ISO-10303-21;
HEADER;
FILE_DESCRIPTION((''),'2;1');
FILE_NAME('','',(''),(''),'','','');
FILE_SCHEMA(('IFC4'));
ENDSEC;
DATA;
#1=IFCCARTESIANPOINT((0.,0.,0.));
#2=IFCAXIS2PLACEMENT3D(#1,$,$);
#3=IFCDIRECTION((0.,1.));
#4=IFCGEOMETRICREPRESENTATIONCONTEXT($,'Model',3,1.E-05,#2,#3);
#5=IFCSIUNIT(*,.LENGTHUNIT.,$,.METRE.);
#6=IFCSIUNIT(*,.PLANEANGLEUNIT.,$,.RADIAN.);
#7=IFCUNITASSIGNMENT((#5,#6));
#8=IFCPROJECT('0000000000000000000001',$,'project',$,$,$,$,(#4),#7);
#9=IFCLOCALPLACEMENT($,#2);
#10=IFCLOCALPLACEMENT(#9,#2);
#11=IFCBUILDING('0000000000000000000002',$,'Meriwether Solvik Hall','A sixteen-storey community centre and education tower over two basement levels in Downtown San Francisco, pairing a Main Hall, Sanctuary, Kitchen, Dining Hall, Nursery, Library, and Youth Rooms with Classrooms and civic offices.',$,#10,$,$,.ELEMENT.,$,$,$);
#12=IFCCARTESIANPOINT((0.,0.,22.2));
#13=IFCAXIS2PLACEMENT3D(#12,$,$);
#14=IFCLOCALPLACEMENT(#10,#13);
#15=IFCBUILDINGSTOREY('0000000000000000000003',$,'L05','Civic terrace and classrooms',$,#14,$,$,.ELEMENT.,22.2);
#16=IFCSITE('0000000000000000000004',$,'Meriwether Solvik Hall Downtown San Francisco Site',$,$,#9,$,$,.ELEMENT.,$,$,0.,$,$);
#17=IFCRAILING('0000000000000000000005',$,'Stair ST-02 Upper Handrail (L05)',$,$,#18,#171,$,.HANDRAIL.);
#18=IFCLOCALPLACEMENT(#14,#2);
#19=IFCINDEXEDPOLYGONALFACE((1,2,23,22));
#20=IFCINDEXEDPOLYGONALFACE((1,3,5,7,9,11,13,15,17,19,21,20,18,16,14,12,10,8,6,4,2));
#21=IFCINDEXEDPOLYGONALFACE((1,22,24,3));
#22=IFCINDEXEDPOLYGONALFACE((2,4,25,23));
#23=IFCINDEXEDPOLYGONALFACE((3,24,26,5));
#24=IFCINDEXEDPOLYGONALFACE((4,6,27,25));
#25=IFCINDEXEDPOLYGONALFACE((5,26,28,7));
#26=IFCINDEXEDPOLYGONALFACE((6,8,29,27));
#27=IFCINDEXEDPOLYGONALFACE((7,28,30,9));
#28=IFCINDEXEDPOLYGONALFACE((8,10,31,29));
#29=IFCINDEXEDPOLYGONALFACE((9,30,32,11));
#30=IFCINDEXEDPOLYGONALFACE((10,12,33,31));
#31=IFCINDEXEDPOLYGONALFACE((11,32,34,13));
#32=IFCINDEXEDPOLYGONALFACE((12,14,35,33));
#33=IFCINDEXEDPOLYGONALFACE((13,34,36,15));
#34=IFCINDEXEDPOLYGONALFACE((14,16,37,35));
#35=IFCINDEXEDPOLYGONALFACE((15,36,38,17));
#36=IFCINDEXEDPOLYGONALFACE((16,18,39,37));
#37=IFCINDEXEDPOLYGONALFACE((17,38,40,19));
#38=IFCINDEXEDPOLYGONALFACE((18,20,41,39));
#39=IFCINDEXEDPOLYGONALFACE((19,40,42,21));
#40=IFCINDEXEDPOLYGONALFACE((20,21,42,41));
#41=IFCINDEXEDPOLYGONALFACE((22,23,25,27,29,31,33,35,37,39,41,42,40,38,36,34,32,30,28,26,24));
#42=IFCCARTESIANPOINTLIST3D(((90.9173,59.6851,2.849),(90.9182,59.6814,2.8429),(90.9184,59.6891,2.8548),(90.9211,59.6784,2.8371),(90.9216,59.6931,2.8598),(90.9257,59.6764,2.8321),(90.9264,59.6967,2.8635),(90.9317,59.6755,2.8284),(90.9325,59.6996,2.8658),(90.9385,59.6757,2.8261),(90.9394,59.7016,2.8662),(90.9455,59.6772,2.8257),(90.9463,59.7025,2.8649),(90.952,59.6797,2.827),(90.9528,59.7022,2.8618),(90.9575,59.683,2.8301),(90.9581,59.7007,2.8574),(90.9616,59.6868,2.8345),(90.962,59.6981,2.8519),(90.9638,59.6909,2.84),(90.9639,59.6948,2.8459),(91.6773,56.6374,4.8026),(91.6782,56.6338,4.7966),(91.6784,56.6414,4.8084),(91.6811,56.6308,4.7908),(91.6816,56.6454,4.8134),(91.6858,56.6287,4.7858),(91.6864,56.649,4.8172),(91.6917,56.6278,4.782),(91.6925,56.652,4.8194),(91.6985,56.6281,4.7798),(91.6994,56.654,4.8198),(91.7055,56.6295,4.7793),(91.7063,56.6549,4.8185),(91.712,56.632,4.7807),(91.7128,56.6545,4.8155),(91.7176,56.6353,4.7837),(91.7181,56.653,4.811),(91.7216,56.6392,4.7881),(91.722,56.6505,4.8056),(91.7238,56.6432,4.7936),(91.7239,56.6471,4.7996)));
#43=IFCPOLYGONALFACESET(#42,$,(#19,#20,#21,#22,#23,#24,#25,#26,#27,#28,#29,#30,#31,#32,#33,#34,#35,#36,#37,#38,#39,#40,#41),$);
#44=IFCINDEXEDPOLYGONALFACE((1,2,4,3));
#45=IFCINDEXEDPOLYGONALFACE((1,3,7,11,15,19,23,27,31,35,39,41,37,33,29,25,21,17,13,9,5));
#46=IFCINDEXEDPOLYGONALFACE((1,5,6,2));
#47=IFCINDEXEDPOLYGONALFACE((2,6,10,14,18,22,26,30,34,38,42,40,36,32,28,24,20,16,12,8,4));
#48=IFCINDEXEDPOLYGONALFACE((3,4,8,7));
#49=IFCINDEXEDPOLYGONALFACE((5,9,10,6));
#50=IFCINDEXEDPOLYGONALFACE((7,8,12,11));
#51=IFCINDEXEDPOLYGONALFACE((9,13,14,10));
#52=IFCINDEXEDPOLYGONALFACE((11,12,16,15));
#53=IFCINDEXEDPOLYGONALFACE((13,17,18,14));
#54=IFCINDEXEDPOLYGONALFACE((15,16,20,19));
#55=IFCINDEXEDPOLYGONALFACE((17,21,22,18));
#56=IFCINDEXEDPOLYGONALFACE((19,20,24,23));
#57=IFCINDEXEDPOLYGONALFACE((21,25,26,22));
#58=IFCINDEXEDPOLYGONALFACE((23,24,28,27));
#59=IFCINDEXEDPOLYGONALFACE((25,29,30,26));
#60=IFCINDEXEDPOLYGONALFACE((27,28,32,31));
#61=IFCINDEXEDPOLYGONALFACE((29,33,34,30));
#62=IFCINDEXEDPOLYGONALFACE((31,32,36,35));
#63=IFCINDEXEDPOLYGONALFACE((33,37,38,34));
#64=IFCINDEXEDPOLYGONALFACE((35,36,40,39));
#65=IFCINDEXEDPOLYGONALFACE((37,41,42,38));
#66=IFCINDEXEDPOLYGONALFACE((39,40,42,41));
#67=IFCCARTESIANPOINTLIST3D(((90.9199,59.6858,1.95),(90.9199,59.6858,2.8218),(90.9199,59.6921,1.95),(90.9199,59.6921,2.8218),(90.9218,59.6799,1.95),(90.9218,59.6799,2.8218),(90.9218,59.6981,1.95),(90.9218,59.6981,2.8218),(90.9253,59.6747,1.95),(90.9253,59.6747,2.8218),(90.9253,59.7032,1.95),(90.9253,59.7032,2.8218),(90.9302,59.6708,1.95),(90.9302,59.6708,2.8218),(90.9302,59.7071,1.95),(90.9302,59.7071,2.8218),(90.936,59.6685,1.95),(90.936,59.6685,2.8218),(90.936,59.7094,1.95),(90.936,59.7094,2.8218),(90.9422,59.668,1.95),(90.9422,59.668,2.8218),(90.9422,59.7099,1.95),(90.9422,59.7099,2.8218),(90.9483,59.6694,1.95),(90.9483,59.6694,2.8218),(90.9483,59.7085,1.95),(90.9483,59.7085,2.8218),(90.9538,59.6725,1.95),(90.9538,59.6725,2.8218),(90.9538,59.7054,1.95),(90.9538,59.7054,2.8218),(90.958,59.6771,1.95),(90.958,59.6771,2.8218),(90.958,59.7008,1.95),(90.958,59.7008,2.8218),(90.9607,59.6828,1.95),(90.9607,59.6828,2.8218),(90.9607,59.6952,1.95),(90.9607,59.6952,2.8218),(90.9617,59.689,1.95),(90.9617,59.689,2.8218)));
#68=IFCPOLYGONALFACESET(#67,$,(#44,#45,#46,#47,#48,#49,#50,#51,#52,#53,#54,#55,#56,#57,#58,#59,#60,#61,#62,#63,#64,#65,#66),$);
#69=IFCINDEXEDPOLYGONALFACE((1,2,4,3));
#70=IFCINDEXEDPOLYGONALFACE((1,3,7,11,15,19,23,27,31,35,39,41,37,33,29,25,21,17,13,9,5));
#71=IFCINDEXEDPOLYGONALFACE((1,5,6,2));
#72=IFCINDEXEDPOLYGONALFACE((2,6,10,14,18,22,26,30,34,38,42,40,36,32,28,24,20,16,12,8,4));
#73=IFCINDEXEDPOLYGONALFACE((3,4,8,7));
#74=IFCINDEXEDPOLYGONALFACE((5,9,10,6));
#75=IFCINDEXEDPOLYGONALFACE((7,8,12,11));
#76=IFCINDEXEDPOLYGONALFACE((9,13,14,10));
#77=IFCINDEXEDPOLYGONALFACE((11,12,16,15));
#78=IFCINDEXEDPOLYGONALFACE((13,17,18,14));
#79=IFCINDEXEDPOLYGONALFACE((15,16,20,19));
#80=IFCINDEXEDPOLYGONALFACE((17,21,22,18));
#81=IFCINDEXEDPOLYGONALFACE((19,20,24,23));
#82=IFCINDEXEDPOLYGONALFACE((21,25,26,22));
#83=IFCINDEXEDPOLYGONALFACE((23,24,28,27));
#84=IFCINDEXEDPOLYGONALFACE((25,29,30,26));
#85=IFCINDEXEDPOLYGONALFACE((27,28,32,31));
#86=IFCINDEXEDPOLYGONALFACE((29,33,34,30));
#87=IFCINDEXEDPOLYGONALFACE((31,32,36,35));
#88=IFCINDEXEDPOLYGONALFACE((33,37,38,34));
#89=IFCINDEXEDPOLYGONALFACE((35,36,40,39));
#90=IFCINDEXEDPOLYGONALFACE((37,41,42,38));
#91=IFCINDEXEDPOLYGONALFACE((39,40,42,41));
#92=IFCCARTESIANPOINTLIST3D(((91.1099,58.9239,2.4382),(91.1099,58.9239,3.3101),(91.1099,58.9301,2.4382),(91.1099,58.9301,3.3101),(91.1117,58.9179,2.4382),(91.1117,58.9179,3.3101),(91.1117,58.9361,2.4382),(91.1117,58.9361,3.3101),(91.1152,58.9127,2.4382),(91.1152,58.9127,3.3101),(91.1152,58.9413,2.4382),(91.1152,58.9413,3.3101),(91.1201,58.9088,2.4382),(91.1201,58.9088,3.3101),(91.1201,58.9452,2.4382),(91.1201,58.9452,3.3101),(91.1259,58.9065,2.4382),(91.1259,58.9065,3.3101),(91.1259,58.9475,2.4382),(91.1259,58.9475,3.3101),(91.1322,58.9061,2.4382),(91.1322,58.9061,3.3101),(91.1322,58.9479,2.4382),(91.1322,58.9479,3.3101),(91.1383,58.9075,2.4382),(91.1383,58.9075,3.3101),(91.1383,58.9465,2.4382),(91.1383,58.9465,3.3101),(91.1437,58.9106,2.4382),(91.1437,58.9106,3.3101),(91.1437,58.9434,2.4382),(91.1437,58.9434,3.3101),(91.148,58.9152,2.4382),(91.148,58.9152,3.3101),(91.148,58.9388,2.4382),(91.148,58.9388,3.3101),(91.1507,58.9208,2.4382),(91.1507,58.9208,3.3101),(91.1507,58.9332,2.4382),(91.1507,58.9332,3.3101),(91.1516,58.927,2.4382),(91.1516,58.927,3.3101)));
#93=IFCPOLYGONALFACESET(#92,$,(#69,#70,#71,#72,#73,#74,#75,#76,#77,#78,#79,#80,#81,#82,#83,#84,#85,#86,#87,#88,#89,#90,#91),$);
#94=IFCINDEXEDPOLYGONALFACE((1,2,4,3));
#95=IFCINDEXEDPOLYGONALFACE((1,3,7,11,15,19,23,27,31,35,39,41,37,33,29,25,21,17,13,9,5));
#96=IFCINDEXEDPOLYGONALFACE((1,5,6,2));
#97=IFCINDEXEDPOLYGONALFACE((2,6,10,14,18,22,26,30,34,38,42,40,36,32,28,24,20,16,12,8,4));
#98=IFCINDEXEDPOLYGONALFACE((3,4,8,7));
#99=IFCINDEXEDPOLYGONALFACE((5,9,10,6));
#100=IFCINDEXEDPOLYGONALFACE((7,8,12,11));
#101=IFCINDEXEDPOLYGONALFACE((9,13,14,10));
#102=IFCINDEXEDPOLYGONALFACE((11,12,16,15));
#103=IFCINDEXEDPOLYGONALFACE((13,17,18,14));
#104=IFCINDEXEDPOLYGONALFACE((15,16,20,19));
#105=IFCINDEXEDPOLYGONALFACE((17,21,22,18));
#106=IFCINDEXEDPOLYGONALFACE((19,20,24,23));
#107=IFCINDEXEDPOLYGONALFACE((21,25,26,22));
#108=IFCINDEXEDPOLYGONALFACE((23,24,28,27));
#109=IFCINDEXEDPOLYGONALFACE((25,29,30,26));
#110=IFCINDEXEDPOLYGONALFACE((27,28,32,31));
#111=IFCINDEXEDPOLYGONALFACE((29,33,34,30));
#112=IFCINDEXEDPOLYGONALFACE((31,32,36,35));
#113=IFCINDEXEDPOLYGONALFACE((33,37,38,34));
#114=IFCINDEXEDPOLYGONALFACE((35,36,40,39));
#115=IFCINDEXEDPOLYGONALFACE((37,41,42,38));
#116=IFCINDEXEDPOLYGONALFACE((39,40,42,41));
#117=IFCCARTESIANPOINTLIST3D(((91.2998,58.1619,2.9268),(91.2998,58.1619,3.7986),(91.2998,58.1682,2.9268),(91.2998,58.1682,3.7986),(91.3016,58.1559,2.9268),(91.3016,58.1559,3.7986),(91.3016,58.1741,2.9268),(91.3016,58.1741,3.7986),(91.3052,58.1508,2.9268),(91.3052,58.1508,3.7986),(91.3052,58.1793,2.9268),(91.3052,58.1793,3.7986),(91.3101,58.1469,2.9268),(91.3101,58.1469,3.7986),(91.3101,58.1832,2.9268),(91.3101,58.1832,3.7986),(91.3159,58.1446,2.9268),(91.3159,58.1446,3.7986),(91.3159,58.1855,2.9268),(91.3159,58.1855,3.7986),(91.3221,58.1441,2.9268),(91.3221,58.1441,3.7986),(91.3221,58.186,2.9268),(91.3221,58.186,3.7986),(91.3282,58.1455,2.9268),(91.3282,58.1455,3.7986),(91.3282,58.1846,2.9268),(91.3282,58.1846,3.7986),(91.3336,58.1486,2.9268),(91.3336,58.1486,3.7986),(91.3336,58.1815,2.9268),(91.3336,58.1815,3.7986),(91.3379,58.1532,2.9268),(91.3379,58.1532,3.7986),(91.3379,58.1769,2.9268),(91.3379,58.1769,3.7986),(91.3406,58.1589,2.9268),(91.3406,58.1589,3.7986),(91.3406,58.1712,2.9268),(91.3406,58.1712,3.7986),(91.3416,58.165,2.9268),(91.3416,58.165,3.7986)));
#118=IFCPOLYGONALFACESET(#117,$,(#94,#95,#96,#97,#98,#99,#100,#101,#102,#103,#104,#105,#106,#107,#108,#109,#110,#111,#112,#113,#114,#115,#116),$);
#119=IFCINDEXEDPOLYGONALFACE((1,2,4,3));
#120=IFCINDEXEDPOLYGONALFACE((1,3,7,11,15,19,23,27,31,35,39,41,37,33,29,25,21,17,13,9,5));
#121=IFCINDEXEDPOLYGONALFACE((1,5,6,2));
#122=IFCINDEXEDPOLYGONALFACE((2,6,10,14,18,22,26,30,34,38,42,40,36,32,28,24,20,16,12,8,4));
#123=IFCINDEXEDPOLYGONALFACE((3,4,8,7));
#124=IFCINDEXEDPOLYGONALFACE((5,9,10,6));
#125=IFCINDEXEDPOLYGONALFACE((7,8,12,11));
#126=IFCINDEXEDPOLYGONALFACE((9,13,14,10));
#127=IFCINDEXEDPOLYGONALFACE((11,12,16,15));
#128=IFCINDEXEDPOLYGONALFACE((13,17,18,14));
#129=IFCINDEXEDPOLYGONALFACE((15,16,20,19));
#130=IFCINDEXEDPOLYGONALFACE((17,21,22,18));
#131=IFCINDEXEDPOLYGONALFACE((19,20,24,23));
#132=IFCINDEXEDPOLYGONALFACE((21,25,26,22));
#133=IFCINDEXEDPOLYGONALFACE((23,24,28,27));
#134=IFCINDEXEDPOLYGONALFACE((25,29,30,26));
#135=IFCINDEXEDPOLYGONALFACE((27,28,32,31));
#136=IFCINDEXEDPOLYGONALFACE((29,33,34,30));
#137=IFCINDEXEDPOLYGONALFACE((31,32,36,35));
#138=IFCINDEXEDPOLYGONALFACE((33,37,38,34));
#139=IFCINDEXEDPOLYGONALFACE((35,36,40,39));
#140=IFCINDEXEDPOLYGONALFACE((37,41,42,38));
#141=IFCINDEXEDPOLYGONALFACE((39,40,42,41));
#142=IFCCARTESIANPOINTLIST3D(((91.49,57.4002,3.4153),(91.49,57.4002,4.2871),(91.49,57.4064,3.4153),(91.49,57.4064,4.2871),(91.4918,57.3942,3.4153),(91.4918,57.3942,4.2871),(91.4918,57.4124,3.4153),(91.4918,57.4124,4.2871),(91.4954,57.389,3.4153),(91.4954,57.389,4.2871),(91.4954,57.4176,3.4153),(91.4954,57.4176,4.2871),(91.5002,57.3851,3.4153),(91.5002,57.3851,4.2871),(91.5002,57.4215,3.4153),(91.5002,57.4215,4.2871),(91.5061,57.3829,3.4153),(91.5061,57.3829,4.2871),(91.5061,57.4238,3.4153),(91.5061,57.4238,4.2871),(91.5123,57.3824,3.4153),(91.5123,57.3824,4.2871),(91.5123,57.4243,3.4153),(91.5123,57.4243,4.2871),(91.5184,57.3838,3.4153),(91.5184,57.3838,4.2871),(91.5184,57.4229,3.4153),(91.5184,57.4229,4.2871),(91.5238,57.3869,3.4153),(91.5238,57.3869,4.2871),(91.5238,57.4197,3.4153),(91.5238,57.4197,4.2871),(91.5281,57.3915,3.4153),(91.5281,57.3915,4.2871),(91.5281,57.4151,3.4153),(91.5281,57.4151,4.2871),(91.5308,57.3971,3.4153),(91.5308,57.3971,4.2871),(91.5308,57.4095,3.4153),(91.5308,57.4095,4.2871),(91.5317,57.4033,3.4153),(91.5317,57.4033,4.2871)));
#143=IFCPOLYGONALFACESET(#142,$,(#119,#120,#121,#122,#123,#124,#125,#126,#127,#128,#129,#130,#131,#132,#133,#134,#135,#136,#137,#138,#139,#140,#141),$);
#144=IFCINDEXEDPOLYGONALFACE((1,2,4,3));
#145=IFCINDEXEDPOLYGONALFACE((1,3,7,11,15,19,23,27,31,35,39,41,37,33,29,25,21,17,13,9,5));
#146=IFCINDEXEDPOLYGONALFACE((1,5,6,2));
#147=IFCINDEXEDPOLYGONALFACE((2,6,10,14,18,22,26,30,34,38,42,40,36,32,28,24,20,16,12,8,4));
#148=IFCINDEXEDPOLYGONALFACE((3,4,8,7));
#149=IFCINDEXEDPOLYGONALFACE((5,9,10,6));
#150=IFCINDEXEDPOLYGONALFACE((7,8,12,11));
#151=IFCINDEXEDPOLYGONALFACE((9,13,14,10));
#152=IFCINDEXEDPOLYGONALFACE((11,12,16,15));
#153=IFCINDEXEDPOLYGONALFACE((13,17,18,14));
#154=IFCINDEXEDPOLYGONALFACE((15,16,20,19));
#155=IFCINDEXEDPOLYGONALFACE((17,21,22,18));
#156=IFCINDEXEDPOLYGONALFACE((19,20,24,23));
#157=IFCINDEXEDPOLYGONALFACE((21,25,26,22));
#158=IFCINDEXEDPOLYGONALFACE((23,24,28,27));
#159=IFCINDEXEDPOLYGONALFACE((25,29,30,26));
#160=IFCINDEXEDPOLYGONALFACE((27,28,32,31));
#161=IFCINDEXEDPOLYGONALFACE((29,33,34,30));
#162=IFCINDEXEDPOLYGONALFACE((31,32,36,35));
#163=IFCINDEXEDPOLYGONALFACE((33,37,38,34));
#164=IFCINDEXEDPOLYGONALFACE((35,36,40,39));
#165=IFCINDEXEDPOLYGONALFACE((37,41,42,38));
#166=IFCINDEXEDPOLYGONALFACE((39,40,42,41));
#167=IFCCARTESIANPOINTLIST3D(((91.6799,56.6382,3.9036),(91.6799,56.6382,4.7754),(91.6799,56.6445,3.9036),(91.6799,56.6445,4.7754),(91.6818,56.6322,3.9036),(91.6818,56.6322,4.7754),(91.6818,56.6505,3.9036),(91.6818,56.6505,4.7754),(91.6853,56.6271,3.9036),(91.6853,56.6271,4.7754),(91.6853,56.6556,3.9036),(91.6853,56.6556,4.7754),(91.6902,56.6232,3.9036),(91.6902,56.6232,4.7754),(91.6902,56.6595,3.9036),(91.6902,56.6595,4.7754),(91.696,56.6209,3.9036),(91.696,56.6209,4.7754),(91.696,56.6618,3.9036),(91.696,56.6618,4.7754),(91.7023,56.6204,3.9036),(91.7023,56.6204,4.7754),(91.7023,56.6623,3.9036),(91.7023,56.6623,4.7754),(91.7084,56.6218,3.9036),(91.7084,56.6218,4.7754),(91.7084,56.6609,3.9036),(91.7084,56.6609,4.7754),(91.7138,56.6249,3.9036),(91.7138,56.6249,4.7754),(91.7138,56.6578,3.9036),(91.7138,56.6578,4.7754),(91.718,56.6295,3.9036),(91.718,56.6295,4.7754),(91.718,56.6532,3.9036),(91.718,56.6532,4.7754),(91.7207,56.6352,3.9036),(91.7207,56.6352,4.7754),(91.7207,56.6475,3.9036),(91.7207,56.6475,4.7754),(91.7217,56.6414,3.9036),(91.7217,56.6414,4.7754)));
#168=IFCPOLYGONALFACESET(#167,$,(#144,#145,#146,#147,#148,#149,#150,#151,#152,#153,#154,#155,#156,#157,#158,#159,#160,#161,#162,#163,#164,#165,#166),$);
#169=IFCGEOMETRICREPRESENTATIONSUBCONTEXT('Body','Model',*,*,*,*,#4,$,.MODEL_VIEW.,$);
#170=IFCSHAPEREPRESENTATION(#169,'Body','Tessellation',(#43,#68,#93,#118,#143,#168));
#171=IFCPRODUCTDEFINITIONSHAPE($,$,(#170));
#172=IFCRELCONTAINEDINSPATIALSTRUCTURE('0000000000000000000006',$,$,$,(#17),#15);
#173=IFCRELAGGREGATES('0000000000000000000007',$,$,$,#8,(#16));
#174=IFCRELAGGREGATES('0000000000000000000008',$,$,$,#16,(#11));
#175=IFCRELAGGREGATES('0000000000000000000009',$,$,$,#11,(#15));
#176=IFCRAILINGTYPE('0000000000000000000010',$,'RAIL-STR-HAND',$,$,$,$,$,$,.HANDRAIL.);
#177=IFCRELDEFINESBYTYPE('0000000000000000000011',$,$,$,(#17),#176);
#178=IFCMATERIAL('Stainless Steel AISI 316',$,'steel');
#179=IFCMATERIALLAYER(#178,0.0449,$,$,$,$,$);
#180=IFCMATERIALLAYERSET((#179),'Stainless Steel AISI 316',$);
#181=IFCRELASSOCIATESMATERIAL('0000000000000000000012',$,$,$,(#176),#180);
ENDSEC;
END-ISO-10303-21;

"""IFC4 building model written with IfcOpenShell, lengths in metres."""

from ifc_helpers import new_model, si_unit, direction, frame, origin, origin_2d, place, context, subcontext, project, spatial, circle, extrude, material, layer, layer_set, type_object, element, save


model = new_model("IFC4")

# Units and contexts
model_context = context("Model", 3, precision=1e-05, world=origin(), true_north=direction((0.0, 1.0)))
body_context = subcontext(model_context, "Body", "Model", "MODEL_VIEW")
ifc_project = project(units=[si_unit("LENGTHUNIT", "METRE"), si_unit("PLANEANGLEUNIT", "RADIAN")], contexts=[model_context])

# Site, building, storey
site_placement = place(None, origin())
site = spatial("IfcSite", under=ifc_project, at=site_placement, Name="Meriwether Solvik Hall Downtown San Francisco Site", CompositionType="ELEMENT", RefElevation=0.0)
building_placement = place(site_placement, origin())
building = spatial("IfcBuilding", under=site, at=building_placement, Name="Meriwether Solvik Hall", Description="A sixteen-storey community centre and education tower over two basement levels in Downtown San Francisco, pairing a Main Hall, Sanctuary, Kitchen, Dining Hall, Nursery, Library, and Youth Rooms with Classrooms and civic offices.", CompositionType="ELEMENT")
storey_placement = place(building_placement, frame((0.0, 0.0, 22.2)))
storey = spatial("IfcBuildingStorey", under=building, at=storey_placement, Name="L05", Description="Civic terrace and classrooms", CompositionType="ELEMENT", Elevation=22.2)

# Railing
ifc_material_1 = material(Name="Stainless Steel AISI 316", Category="steel")
ifc_layer_1 = layer(ifc_material_1, 0.0449)
ifc_layer_set_1 = layer_set([ifc_layer_1], Name="Stainless Steel AISI 316")
railing_type_1 = type_object("IfcRailingType", Name="RAIL-STR-HAND", PredefinedType="HANDRAIL", material=ifc_layer_set_1)
railing_1_placement = place(storey_placement, frame((90.9407, 59.689, 1.95)))
element("IfcRailing", 1, at=railing_1_placement, inside=storey, type_object=railing_type_1, Name="Stair ST-02 Upper Handrail (L05)", PredefinedType="HANDRAIL", context=body_context, shape_type="SweptSolid", body=[
    extrude(circle(Radius=0.0239, at=origin_2d()), frame((0.0, 0.0, 0.896), z_axis=(0.205467, -0.823915, 0.528155), x_axis=(0.970284, 0.241969, 0.0)), (0.0, 0.0, 1.0), 3.699),
    extrude(circle(Radius=0.021, at=origin_2d()), origin(), (0.0, 0.0, 1.0), 0.8718),
    extrude(circle(Radius=0.021, at=origin_2d()), frame((0.1899, -0.762, 0.4883)), (0.0, 0.0, 1.0), 0.8718),
    extrude(circle(Radius=0.021, at=origin_2d()), frame((0.3799, -1.5239, 0.9768)), (0.0, 0.0, 1.0), 0.8718),
    extrude(circle(Radius=0.021, at=origin_2d()), frame((0.5701, -2.2856, 1.4653)), (0.0, 0.0, 1.0), 0.8718),
    extrude(circle(Radius=0.021, at=origin_2d()), frame((0.76, -3.0476, 1.9536)), (0.0, 0.0, 1.0), 0.8718),
])

save(model, "model.ifc")
